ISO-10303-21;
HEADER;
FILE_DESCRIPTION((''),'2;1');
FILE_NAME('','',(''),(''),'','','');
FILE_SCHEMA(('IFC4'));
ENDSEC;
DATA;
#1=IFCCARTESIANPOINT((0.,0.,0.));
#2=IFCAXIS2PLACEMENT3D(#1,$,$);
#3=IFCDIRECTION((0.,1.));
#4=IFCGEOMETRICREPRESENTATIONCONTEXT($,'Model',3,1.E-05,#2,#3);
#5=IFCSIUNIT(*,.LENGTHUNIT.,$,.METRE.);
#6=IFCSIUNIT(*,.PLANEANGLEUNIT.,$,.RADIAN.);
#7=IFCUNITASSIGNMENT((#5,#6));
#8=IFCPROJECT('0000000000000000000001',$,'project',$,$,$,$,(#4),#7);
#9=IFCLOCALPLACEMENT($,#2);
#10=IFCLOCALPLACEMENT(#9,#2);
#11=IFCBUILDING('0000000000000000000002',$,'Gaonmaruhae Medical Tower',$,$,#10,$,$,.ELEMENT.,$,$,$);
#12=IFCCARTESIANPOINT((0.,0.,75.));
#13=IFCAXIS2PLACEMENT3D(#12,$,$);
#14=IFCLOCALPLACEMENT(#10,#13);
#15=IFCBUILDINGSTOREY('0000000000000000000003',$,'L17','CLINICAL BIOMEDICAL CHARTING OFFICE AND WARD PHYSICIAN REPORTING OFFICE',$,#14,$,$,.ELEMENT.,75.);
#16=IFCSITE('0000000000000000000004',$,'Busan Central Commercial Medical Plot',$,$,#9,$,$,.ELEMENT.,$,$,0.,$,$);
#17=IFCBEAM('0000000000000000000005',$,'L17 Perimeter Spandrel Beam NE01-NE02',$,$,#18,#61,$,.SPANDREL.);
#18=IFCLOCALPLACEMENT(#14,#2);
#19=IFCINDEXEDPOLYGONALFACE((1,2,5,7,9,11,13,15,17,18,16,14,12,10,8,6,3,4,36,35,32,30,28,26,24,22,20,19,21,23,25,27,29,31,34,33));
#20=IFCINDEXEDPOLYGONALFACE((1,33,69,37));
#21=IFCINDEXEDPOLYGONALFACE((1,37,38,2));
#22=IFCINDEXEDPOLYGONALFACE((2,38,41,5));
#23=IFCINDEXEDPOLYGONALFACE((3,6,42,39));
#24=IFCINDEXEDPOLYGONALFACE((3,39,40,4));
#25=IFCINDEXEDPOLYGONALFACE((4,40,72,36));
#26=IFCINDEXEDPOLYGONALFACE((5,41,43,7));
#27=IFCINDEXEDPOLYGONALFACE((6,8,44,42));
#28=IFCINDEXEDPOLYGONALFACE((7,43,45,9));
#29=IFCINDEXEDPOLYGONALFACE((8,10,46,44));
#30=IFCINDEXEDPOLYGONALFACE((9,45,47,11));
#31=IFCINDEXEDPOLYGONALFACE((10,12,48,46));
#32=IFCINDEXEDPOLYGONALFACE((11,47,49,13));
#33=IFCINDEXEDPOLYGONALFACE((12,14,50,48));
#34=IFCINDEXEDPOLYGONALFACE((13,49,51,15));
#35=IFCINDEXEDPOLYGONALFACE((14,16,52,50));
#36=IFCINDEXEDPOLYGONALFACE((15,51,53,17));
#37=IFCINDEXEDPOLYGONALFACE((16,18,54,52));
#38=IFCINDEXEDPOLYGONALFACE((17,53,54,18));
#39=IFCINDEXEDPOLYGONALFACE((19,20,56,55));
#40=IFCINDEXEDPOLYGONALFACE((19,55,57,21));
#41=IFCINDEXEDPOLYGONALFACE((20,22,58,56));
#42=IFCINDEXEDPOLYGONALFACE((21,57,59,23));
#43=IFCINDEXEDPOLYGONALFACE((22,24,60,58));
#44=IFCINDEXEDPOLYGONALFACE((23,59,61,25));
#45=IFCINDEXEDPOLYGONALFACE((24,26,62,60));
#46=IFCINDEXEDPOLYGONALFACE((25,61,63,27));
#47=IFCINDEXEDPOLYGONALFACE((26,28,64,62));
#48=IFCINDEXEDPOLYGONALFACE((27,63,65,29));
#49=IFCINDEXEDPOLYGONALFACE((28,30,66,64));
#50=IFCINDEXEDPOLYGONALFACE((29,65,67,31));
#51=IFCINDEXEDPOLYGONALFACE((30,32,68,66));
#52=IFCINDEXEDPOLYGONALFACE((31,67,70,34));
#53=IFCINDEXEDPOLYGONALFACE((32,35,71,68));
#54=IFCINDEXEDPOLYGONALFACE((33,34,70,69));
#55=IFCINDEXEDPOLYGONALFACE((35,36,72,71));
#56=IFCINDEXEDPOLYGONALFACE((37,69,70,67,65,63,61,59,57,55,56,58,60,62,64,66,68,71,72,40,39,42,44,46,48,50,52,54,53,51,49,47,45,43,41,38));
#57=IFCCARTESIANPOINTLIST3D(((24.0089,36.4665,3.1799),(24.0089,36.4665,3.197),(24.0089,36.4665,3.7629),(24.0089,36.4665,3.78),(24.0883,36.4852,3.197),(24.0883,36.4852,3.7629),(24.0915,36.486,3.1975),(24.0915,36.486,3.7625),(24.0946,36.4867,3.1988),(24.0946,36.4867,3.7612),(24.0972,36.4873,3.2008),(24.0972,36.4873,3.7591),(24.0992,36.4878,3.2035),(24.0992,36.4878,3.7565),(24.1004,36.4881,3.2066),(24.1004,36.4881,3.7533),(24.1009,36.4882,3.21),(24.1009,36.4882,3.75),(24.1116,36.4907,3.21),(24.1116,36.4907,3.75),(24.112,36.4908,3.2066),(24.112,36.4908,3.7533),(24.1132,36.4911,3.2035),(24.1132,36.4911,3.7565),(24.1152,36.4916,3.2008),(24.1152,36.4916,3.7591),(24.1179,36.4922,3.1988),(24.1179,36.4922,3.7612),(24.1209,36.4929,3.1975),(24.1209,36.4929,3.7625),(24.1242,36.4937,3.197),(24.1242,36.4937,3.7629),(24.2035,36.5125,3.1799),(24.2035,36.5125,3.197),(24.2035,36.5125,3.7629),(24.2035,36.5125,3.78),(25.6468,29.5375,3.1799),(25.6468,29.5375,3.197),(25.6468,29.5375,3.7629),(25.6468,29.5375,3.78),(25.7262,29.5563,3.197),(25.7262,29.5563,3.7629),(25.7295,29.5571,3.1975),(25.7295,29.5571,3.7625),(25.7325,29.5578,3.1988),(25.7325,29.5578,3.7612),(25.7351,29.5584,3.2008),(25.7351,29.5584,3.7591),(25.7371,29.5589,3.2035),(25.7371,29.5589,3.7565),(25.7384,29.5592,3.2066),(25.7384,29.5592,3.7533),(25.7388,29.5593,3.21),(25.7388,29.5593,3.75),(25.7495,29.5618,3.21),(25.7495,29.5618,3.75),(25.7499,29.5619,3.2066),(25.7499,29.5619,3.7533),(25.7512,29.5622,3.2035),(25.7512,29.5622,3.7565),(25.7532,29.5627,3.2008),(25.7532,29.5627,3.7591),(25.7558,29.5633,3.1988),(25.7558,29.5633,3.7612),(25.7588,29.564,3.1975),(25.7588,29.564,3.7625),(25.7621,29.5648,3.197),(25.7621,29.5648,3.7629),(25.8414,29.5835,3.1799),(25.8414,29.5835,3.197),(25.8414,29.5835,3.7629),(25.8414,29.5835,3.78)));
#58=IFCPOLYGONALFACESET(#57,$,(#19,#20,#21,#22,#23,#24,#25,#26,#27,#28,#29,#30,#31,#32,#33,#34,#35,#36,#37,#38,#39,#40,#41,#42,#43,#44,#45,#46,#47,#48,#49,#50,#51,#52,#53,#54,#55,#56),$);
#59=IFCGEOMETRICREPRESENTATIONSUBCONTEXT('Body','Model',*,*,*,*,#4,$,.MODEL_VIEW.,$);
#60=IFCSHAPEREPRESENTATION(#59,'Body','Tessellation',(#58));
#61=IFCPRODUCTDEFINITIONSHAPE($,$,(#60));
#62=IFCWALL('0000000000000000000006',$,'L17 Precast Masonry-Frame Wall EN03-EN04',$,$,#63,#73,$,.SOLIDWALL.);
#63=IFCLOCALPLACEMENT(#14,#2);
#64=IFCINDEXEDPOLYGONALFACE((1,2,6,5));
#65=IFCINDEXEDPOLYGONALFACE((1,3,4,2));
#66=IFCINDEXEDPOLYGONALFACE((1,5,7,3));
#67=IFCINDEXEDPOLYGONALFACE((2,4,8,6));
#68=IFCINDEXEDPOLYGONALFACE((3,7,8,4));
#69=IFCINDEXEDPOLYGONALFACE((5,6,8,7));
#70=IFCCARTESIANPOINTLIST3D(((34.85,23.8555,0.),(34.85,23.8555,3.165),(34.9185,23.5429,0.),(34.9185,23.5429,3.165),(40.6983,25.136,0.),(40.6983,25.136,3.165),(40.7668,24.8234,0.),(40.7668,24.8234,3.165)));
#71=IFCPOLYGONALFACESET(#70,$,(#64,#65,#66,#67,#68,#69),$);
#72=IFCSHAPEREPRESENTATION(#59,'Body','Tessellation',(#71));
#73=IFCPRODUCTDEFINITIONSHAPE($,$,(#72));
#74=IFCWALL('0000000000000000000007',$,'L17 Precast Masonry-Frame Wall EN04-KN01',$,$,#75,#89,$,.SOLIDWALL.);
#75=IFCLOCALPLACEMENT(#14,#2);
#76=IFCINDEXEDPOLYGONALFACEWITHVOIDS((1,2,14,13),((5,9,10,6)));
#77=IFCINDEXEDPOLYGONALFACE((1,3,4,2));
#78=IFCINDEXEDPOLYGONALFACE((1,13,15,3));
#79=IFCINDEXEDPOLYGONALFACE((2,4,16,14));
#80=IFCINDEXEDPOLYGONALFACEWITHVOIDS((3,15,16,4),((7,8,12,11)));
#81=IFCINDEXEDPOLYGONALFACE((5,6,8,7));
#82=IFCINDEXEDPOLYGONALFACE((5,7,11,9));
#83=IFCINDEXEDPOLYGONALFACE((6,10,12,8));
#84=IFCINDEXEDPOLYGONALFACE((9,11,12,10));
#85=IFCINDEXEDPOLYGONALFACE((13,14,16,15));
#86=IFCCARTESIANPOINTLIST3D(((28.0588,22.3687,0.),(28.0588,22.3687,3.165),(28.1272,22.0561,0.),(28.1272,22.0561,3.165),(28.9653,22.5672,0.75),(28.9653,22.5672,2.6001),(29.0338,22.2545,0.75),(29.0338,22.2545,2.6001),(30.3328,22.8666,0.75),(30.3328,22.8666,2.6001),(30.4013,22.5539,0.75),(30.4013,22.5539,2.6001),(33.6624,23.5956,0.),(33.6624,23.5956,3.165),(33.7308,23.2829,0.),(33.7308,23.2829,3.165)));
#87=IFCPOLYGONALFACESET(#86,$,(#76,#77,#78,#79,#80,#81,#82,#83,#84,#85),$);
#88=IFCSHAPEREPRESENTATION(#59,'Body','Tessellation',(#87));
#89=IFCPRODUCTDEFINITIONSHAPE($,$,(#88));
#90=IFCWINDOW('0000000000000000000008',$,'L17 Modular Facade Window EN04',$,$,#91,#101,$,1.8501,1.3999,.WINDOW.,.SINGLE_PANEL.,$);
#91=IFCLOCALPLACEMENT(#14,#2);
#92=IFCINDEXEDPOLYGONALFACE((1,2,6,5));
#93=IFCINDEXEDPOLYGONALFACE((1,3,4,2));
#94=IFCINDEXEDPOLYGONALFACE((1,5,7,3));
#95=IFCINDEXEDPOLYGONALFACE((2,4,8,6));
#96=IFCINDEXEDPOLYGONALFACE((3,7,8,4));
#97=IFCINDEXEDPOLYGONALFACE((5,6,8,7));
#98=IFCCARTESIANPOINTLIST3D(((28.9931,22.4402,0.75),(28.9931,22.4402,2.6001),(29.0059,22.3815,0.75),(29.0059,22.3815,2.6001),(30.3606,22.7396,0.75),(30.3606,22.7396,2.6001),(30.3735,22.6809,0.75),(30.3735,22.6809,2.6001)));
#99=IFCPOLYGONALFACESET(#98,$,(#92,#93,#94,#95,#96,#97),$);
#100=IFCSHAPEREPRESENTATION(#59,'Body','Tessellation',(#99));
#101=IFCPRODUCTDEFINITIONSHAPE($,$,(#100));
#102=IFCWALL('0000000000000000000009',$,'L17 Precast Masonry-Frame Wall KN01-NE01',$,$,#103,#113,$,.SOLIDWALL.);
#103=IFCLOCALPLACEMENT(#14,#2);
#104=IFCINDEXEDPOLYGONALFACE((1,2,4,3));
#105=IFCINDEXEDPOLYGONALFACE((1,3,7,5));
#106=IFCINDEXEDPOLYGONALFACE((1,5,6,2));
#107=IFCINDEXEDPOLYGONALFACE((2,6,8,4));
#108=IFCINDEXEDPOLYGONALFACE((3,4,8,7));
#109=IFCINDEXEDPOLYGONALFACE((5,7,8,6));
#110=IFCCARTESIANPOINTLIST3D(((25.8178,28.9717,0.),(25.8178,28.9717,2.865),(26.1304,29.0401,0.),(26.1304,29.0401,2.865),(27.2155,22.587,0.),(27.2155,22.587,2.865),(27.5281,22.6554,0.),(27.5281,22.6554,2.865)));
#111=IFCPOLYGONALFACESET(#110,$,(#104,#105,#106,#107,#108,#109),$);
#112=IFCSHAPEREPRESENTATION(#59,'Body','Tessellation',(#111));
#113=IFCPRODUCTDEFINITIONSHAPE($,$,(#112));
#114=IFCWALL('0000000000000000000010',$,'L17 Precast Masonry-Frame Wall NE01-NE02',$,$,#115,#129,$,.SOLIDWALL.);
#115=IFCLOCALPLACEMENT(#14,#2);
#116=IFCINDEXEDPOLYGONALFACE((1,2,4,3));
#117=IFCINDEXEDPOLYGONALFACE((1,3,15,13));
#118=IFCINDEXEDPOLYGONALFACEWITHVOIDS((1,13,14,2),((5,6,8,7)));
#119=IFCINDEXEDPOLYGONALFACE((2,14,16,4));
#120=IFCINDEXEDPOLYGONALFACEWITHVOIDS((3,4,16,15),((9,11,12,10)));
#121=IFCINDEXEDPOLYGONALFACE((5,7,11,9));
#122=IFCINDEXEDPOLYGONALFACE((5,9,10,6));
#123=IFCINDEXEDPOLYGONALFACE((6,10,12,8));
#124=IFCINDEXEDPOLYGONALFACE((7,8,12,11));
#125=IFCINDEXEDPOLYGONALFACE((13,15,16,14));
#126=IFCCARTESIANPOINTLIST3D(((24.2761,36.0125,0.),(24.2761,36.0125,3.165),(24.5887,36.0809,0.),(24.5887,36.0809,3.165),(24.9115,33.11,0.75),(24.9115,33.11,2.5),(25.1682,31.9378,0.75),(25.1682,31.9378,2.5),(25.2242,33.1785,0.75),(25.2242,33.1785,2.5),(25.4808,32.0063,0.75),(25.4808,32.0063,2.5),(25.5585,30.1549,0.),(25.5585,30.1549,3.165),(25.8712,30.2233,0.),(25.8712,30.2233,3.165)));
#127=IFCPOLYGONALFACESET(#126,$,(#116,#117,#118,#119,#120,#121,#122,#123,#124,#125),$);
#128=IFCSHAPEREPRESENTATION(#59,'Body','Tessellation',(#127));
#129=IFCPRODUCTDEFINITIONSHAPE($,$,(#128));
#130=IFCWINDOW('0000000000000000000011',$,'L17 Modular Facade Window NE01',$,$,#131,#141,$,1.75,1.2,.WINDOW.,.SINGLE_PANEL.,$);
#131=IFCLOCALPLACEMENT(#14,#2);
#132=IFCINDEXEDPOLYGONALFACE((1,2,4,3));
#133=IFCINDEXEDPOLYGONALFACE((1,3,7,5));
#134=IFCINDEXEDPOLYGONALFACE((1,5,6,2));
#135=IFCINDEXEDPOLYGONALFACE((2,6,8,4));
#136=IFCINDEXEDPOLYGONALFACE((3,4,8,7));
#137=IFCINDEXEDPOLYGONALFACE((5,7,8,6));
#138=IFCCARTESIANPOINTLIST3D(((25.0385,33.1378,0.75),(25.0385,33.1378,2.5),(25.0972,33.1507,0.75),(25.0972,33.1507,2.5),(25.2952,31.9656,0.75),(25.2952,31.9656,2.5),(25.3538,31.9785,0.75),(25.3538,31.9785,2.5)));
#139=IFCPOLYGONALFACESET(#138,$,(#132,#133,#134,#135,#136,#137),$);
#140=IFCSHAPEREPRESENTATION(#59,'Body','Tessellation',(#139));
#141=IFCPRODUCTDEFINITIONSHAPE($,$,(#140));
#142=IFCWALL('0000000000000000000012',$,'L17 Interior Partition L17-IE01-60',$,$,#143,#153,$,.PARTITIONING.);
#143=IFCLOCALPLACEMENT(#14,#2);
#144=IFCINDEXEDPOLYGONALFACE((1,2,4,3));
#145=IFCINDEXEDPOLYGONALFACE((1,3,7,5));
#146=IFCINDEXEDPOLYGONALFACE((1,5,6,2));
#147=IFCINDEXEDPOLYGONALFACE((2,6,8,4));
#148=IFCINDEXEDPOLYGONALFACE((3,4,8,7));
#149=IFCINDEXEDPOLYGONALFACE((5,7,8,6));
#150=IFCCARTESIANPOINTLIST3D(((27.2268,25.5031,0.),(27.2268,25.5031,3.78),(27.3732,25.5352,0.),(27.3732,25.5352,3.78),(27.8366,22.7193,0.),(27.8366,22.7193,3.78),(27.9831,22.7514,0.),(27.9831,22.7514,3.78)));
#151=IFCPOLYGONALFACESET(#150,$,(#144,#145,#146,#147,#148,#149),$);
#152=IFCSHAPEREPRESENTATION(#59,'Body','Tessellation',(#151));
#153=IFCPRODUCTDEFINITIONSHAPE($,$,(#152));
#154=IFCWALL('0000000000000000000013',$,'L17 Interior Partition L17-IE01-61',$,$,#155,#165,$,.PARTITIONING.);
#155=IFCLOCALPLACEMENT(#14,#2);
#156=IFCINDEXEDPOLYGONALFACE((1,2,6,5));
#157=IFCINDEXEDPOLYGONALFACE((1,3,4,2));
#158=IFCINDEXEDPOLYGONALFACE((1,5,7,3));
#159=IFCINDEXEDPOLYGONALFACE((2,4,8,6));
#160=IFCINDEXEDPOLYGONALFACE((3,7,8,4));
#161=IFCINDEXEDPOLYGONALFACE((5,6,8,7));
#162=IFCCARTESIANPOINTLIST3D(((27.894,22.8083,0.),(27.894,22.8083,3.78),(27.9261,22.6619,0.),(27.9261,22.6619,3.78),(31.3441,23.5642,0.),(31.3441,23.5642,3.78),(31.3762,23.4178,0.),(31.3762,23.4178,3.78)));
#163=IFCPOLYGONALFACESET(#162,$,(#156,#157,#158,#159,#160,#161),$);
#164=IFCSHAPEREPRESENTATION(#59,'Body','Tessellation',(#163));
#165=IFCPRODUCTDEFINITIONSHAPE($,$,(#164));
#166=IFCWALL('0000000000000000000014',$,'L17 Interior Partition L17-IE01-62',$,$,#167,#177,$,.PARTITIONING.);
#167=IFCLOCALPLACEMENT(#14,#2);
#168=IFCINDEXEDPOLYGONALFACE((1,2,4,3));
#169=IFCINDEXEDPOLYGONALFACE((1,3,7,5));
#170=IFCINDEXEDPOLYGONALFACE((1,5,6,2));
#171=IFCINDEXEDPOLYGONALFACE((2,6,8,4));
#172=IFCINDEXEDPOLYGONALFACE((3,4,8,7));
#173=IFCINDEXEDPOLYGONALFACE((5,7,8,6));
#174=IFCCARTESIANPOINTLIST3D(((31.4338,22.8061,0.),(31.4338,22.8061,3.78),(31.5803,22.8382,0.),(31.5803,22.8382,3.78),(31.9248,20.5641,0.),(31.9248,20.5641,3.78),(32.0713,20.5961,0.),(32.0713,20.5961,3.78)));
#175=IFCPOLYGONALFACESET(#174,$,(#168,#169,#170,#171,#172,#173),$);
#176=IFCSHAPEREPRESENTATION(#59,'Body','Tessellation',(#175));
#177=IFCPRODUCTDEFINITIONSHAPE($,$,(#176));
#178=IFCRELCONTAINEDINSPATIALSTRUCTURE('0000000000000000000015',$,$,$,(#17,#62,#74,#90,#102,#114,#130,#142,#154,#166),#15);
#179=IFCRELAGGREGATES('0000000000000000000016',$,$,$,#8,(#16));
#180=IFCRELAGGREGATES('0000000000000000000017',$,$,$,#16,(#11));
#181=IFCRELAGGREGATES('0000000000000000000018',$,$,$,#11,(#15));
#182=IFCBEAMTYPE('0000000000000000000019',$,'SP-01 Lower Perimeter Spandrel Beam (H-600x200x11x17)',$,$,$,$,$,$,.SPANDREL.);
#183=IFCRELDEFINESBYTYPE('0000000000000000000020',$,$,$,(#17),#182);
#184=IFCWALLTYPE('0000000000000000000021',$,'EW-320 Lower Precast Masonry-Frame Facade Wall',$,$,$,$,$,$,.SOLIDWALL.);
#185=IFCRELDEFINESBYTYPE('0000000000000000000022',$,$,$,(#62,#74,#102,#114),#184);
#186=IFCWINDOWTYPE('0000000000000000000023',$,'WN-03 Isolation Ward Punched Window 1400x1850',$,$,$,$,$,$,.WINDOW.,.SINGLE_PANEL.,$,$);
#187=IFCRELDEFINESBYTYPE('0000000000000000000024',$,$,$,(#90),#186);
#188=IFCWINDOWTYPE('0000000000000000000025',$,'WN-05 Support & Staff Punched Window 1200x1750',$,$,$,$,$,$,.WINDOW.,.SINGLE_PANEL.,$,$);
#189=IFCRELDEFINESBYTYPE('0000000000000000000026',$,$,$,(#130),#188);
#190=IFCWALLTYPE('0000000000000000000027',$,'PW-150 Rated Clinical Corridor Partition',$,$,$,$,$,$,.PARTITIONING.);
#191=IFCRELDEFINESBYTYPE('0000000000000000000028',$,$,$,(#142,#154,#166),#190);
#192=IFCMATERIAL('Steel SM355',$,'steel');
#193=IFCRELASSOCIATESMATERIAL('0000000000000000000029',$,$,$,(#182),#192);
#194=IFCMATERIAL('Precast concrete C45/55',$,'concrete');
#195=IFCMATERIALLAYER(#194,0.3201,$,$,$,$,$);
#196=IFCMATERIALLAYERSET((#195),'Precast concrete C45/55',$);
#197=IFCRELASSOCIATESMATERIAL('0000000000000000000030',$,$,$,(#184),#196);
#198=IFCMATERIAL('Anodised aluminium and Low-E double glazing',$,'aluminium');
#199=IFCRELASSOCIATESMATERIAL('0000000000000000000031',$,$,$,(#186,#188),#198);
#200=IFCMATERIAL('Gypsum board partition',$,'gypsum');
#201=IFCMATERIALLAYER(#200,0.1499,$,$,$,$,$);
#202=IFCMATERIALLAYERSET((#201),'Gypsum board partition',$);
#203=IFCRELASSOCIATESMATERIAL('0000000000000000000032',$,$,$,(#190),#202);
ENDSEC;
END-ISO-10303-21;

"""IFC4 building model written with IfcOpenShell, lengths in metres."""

from ifc_helpers import new_model, si_unit, direction, frame, frame_2d, origin, origin_2d, place, context, subcontext, project, spatial, rectangle, i_section, extrude, material, layer, layer_set, material_profile, profile_set, type_object, element, fill, save


model = new_model("IFC4")

# Units and contexts
model_context = context("Model", 3, precision=1e-05, world=origin(), true_north=direction((0.0, 1.0)))
body_context = subcontext(model_context, "Body", "Model", "MODEL_VIEW")
ifc_project = project(units=[si_unit("LENGTHUNIT", "METRE"), si_unit("PLANEANGLEUNIT", "RADIAN")], contexts=[model_context])

# Site, building, storey
site_placement = place(None, origin())
site = spatial("IfcSite", under=ifc_project, at=site_placement, Name="Busan Central Commercial Medical Plot", CompositionType="ELEMENT", RefElevation=0.0)
building_placement = place(site_placement, origin())
building = spatial("IfcBuilding", under=site, at=building_placement, Name="Gaonmaruhae Medical Tower", CompositionType="ELEMENT")
storey_placement = place(building_placement, frame((0.0, 0.0, 75.0)))
storey = spatial("IfcBuildingStorey", under=building, at=storey_placement, Name="L17", Description="CLINICAL BIOMEDICAL CHARTING OFFICE AND WARD PHYSICIAN REPORTING OFFICE", CompositionType="ELEMENT", Elevation=75.0)

# Beam
ifc_material_1 = material(Name="Steel SM355", Category="steel")
ifc_material_profile_1 = material_profile(ifc_material_1, i_section(OverallWidth=0.2, OverallDepth=0.6001, WebThickness=0.011, FlangeThickness=0.0171, FilletRadius=0.0129, at=origin_2d()), Name="H-600x200x11x17")
ifc_profile_set_1 = profile_set([ifc_material_profile_1], Name="Steel SM355")
beam_type = type_object("IfcBeamType", Name="SP-01 Lower Perimeter Spandrel Beam (H-600x200x11x17)", PredefinedType="SPANDREL", material=ifc_profile_set_1)
beam_1_placement = place(storey_placement, frame((25.7441, 29.5605, 3.48), z_axis=(-0.23005, 0.973179, 0.0), x_axis=(-0.973179, -0.23005, 0.0)))
element("IfcBeam", 1, at=beam_1_placement, inside=storey, type_object=beam_type, Name="L17 Perimeter Spandrel Beam NE01-NE02", PredefinedType="SPANDREL", context=body_context, shape_type="SweptSolid", body=[
    extrude(i_section(OverallWidth=0.2, OverallDepth=0.6001, WebThickness=0.011, FlangeThickness=0.0171, FilletRadius=0.0129, at=origin_2d()), origin(), (0.0, 0.0, 1.0), 7.1199),
])

# Wall
ifc_material_2 = material(Name="Precast concrete C45/55", Category="concrete")
ifc_layer_1 = layer(ifc_material_2, 0.3201)
ifc_layer_set_1 = layer_set([ifc_layer_1], Name="Precast concrete C45/55")
wall_type_1 = type_object("IfcWallType", Name="EW-320 Lower Precast Masonry-Frame Facade Wall", PredefinedType="SOLIDWALL", material=ifc_layer_set_1)
wall_1_placement = place(storey_placement, frame((34.8843, 23.6992, 0.0), z_axis=(0.0, 0.0, 1.0), x_axis=(0.976859, 0.213885, 0.0)))
element("IfcWall", 2, at=wall_1_placement, inside=storey, type_object=wall_type_1, Name="L17 Precast Masonry-Frame Wall EN03-EN04", PredefinedType="SOLIDWALL", context=body_context, shape_type="SweptSolid", body=[
    extrude(rectangle(XDim=5.9868, YDim=0.3201, at=frame_2d((2.9934, 0.0))), origin(), (0.0, 0.0, 1.0), 3.165),
])

# Wall, opening, window
wall_2_placement = place(storey_placement, frame((28.093, 22.2124, 0.0), z_axis=(0.0, 0.0, 1.0), x_axis=(0.976862, 0.213869, 0.0)))
wall_2 = element("IfcWall", 3, at=wall_2_placement, inside=storey, type_object=wall_type_1, Name="L17 Precast Masonry-Frame Wall EN04-KN01", PredefinedType="SOLIDWALL", context=body_context, shape_type="SweptSolid", body=[
    extrude(rectangle(XDim=5.7363, YDim=0.3201, at=frame_2d((2.8682, 0.0))), origin(), (0.0, 0.0, 1.0), 3.165),
])
opening_1_placement = place(wall_2_placement, frame((0.928, 0.0, 0.75)))
opening_1 = element("IfcOpeningElement", 4, at=opening_1_placement, cuts=wall_2, PredefinedType="OPENING", context=body_context, shape_type="SweptSolid", body=[
    extrude(rectangle(XDim=1.3999, YDim=1.8501, at=frame_2d((0.7, 0.925))), frame((0.0, 0.1699, 0.0), z_axis=(0.0, -1.0, 0.0), x_axis=(1.0, 0.0, 0.0)), (0.0, 0.0, 1.0), 0.3401),
])
ifc_material_3 = material(Name="Anodised aluminium and Low-E double glazing", Category="aluminium")
window_type_1 = type_object("IfcWindowType", Name="WN-03 Isolation Ward Punched Window 1400x1850", PartitioningType="SINGLE_PANEL", PredefinedType="WINDOW", material=ifc_material_3)
window_1_placement = place(opening_1_placement, origin())
window_1 = element("IfcWindow", 5, at=window_1_placement, inside=storey, type_object=window_type_1, Name="L17 Modular Facade Window EN04", OverallHeight=1.8501, OverallWidth=1.3999, PartitioningType="SINGLE_PANEL", PredefinedType="WINDOW", context=body_context, shape_type="SweptSolid", body=[
    extrude(rectangle(XDim=1.3999, YDim=1.8501, at=frame_2d((0.7, 0.925))), frame((0.0, 0.03, 0.0), z_axis=(0.0, -1.0, 0.0), x_axis=(1.0, 0.0, 0.0)), (0.0, 0.0, 1.0), 0.0601),
])
fill(opening_1, window_1)

# Wall
wall_3_placement = place(storey_placement, frame((27.3718, 22.6211, 0.0), z_axis=(0.0, 0.0, 1.0), x_axis=(-0.213848, 0.976867, 0.0)))
element("IfcWall", 6, at=wall_3_placement, inside=storey, type_object=wall_type_1, Name="L17 Precast Masonry-Frame Wall KN01-NE01", PredefinedType="SOLIDWALL", context=body_context, shape_type="SweptSolid", body=[
    extrude(rectangle(XDim=6.5359, YDim=0.3201, at=frame_2d((3.2681, 0.0))), origin(), (0.0, 0.0, 1.0), 2.865),
])

# Wall, opening, window
wall_4_placement = place(storey_placement, frame((25.7148, 30.1892, 0.0), z_axis=(0.0, 0.0, 1.0), x_axis=(-0.213873, 0.976861, 0.0)))
wall_4 = element("IfcWall", 7, at=wall_4_placement, inside=storey, type_object=wall_type_1, Name="L17 Precast Masonry-Frame Wall NE01-NE02", PredefinedType="SOLIDWALL", context=body_context, shape_type="SweptSolid", body=[
    extrude(rectangle(XDim=5.9963, YDim=0.3201, at=frame_2d((2.998, 0.0))), origin(), (0.0, 0.0, 1.0), 3.165),
])
opening_2_placement = place(wall_4_placement, frame((1.825, 0.0, 0.75)))
opening_2 = element("IfcOpeningElement", 8, at=opening_2_placement, cuts=wall_4, PredefinedType="OPENING", context=body_context, shape_type="SweptSolid", body=[
    extrude(rectangle(XDim=1.2, YDim=1.75, at=frame_2d((0.6001, 0.875))), frame((0.0, 0.1699, 0.0), z_axis=(0.0, -1.0, 0.0), x_axis=(1.0, 0.0, 0.0)), (0.0, 0.0, 1.0), 0.3401),
])
window_type_2 = type_object("IfcWindowType", Name="WN-05 Support & Staff Punched Window 1200x1750", PartitioningType="SINGLE_PANEL", PredefinedType="WINDOW", material=ifc_material_3)
window_2_placement = place(opening_2_placement, origin())
window_2 = element("IfcWindow", 9, at=window_2_placement, inside=storey, type_object=window_type_2, Name="L17 Modular Facade Window NE01", OverallHeight=1.75, OverallWidth=1.2, PartitioningType="SINGLE_PANEL", PredefinedType="WINDOW", context=body_context, shape_type="SweptSolid", body=[
    extrude(rectangle(XDim=1.2, YDim=1.75, at=frame_2d((0.6001, 0.875))), frame((0.0, 0.03, 0.0), z_axis=(0.0, -1.0, 0.0), x_axis=(1.0, 0.0, 0.0)), (0.0, 0.0, 1.0), 0.0601),
])
fill(opening_2, window_2)

# Walls
ifc_material_4 = material(Name="Gypsum board partition", Category="gypsum")
ifc_layer_2 = layer(ifc_material_4, 0.1499)
ifc_layer_set_2 = layer_set([ifc_layer_2], Name="Gypsum board partition")
wall_type_2 = type_object("IfcWallType", Name="PW-150 Rated Clinical Corridor Partition", PredefinedType="PARTITIONING", material=ifc_layer_set_2)
wall_5_placement = place(storey_placement, frame((27.3, 25.519, 0.0), z_axis=(0.0, 0.0, 1.0), x_axis=(0.213991, -0.976836, 0.0)))
element("IfcWall", 10, at=wall_5_placement, inside=storey, type_object=wall_type_2, Name="L17 Interior Partition L17-IE01-60", PredefinedType="PARTITIONING", context=body_context, shape_type="SweptSolid", body=[
    extrude(rectangle(XDim=2.8499, YDim=0.1499, at=frame_2d((1.4248, 0.0))), origin(), (0.0, 0.0, 1.0), 3.78),
])
wall_6_placement = place(storey_placement, frame((27.9099, 22.7351, 0.0), z_axis=(0.0, 0.0, 1.0), x_axis=(0.976833, 0.214002, 0.0)))
element("IfcWall", 11, at=wall_6_placement, inside=storey, type_object=wall_type_2, Name="L17 Interior Partition L17-IE01-61", PredefinedType="PARTITIONING", context=body_context, shape_type="SweptSolid", body=[
    extrude(rectangle(XDim=3.532, YDim=0.1499, at=frame_2d((1.7661, 0.0))), origin(), (0.0, 0.0, 1.0), 3.78),
])
wall_7_placement = place(storey_placement, frame((31.5071, 22.822, 0.0), z_axis=(0.0, 0.0, 1.0), x_axis=(0.213922, -0.976851, 0.0)))
element("IfcWall", 12, at=wall_7_placement, inside=storey, type_object=wall_type_2, Name="L17 Interior Partition L17-IE01-62", PredefinedType="PARTITIONING", context=body_context, shape_type="SweptSolid", body=[
    extrude(rectangle(XDim=2.2952, YDim=0.1499, at=frame_2d((1.1475, 0.0))), origin(), (0.0, 0.0, 1.0), 3.78),
])

save(model, "model.ifc")
